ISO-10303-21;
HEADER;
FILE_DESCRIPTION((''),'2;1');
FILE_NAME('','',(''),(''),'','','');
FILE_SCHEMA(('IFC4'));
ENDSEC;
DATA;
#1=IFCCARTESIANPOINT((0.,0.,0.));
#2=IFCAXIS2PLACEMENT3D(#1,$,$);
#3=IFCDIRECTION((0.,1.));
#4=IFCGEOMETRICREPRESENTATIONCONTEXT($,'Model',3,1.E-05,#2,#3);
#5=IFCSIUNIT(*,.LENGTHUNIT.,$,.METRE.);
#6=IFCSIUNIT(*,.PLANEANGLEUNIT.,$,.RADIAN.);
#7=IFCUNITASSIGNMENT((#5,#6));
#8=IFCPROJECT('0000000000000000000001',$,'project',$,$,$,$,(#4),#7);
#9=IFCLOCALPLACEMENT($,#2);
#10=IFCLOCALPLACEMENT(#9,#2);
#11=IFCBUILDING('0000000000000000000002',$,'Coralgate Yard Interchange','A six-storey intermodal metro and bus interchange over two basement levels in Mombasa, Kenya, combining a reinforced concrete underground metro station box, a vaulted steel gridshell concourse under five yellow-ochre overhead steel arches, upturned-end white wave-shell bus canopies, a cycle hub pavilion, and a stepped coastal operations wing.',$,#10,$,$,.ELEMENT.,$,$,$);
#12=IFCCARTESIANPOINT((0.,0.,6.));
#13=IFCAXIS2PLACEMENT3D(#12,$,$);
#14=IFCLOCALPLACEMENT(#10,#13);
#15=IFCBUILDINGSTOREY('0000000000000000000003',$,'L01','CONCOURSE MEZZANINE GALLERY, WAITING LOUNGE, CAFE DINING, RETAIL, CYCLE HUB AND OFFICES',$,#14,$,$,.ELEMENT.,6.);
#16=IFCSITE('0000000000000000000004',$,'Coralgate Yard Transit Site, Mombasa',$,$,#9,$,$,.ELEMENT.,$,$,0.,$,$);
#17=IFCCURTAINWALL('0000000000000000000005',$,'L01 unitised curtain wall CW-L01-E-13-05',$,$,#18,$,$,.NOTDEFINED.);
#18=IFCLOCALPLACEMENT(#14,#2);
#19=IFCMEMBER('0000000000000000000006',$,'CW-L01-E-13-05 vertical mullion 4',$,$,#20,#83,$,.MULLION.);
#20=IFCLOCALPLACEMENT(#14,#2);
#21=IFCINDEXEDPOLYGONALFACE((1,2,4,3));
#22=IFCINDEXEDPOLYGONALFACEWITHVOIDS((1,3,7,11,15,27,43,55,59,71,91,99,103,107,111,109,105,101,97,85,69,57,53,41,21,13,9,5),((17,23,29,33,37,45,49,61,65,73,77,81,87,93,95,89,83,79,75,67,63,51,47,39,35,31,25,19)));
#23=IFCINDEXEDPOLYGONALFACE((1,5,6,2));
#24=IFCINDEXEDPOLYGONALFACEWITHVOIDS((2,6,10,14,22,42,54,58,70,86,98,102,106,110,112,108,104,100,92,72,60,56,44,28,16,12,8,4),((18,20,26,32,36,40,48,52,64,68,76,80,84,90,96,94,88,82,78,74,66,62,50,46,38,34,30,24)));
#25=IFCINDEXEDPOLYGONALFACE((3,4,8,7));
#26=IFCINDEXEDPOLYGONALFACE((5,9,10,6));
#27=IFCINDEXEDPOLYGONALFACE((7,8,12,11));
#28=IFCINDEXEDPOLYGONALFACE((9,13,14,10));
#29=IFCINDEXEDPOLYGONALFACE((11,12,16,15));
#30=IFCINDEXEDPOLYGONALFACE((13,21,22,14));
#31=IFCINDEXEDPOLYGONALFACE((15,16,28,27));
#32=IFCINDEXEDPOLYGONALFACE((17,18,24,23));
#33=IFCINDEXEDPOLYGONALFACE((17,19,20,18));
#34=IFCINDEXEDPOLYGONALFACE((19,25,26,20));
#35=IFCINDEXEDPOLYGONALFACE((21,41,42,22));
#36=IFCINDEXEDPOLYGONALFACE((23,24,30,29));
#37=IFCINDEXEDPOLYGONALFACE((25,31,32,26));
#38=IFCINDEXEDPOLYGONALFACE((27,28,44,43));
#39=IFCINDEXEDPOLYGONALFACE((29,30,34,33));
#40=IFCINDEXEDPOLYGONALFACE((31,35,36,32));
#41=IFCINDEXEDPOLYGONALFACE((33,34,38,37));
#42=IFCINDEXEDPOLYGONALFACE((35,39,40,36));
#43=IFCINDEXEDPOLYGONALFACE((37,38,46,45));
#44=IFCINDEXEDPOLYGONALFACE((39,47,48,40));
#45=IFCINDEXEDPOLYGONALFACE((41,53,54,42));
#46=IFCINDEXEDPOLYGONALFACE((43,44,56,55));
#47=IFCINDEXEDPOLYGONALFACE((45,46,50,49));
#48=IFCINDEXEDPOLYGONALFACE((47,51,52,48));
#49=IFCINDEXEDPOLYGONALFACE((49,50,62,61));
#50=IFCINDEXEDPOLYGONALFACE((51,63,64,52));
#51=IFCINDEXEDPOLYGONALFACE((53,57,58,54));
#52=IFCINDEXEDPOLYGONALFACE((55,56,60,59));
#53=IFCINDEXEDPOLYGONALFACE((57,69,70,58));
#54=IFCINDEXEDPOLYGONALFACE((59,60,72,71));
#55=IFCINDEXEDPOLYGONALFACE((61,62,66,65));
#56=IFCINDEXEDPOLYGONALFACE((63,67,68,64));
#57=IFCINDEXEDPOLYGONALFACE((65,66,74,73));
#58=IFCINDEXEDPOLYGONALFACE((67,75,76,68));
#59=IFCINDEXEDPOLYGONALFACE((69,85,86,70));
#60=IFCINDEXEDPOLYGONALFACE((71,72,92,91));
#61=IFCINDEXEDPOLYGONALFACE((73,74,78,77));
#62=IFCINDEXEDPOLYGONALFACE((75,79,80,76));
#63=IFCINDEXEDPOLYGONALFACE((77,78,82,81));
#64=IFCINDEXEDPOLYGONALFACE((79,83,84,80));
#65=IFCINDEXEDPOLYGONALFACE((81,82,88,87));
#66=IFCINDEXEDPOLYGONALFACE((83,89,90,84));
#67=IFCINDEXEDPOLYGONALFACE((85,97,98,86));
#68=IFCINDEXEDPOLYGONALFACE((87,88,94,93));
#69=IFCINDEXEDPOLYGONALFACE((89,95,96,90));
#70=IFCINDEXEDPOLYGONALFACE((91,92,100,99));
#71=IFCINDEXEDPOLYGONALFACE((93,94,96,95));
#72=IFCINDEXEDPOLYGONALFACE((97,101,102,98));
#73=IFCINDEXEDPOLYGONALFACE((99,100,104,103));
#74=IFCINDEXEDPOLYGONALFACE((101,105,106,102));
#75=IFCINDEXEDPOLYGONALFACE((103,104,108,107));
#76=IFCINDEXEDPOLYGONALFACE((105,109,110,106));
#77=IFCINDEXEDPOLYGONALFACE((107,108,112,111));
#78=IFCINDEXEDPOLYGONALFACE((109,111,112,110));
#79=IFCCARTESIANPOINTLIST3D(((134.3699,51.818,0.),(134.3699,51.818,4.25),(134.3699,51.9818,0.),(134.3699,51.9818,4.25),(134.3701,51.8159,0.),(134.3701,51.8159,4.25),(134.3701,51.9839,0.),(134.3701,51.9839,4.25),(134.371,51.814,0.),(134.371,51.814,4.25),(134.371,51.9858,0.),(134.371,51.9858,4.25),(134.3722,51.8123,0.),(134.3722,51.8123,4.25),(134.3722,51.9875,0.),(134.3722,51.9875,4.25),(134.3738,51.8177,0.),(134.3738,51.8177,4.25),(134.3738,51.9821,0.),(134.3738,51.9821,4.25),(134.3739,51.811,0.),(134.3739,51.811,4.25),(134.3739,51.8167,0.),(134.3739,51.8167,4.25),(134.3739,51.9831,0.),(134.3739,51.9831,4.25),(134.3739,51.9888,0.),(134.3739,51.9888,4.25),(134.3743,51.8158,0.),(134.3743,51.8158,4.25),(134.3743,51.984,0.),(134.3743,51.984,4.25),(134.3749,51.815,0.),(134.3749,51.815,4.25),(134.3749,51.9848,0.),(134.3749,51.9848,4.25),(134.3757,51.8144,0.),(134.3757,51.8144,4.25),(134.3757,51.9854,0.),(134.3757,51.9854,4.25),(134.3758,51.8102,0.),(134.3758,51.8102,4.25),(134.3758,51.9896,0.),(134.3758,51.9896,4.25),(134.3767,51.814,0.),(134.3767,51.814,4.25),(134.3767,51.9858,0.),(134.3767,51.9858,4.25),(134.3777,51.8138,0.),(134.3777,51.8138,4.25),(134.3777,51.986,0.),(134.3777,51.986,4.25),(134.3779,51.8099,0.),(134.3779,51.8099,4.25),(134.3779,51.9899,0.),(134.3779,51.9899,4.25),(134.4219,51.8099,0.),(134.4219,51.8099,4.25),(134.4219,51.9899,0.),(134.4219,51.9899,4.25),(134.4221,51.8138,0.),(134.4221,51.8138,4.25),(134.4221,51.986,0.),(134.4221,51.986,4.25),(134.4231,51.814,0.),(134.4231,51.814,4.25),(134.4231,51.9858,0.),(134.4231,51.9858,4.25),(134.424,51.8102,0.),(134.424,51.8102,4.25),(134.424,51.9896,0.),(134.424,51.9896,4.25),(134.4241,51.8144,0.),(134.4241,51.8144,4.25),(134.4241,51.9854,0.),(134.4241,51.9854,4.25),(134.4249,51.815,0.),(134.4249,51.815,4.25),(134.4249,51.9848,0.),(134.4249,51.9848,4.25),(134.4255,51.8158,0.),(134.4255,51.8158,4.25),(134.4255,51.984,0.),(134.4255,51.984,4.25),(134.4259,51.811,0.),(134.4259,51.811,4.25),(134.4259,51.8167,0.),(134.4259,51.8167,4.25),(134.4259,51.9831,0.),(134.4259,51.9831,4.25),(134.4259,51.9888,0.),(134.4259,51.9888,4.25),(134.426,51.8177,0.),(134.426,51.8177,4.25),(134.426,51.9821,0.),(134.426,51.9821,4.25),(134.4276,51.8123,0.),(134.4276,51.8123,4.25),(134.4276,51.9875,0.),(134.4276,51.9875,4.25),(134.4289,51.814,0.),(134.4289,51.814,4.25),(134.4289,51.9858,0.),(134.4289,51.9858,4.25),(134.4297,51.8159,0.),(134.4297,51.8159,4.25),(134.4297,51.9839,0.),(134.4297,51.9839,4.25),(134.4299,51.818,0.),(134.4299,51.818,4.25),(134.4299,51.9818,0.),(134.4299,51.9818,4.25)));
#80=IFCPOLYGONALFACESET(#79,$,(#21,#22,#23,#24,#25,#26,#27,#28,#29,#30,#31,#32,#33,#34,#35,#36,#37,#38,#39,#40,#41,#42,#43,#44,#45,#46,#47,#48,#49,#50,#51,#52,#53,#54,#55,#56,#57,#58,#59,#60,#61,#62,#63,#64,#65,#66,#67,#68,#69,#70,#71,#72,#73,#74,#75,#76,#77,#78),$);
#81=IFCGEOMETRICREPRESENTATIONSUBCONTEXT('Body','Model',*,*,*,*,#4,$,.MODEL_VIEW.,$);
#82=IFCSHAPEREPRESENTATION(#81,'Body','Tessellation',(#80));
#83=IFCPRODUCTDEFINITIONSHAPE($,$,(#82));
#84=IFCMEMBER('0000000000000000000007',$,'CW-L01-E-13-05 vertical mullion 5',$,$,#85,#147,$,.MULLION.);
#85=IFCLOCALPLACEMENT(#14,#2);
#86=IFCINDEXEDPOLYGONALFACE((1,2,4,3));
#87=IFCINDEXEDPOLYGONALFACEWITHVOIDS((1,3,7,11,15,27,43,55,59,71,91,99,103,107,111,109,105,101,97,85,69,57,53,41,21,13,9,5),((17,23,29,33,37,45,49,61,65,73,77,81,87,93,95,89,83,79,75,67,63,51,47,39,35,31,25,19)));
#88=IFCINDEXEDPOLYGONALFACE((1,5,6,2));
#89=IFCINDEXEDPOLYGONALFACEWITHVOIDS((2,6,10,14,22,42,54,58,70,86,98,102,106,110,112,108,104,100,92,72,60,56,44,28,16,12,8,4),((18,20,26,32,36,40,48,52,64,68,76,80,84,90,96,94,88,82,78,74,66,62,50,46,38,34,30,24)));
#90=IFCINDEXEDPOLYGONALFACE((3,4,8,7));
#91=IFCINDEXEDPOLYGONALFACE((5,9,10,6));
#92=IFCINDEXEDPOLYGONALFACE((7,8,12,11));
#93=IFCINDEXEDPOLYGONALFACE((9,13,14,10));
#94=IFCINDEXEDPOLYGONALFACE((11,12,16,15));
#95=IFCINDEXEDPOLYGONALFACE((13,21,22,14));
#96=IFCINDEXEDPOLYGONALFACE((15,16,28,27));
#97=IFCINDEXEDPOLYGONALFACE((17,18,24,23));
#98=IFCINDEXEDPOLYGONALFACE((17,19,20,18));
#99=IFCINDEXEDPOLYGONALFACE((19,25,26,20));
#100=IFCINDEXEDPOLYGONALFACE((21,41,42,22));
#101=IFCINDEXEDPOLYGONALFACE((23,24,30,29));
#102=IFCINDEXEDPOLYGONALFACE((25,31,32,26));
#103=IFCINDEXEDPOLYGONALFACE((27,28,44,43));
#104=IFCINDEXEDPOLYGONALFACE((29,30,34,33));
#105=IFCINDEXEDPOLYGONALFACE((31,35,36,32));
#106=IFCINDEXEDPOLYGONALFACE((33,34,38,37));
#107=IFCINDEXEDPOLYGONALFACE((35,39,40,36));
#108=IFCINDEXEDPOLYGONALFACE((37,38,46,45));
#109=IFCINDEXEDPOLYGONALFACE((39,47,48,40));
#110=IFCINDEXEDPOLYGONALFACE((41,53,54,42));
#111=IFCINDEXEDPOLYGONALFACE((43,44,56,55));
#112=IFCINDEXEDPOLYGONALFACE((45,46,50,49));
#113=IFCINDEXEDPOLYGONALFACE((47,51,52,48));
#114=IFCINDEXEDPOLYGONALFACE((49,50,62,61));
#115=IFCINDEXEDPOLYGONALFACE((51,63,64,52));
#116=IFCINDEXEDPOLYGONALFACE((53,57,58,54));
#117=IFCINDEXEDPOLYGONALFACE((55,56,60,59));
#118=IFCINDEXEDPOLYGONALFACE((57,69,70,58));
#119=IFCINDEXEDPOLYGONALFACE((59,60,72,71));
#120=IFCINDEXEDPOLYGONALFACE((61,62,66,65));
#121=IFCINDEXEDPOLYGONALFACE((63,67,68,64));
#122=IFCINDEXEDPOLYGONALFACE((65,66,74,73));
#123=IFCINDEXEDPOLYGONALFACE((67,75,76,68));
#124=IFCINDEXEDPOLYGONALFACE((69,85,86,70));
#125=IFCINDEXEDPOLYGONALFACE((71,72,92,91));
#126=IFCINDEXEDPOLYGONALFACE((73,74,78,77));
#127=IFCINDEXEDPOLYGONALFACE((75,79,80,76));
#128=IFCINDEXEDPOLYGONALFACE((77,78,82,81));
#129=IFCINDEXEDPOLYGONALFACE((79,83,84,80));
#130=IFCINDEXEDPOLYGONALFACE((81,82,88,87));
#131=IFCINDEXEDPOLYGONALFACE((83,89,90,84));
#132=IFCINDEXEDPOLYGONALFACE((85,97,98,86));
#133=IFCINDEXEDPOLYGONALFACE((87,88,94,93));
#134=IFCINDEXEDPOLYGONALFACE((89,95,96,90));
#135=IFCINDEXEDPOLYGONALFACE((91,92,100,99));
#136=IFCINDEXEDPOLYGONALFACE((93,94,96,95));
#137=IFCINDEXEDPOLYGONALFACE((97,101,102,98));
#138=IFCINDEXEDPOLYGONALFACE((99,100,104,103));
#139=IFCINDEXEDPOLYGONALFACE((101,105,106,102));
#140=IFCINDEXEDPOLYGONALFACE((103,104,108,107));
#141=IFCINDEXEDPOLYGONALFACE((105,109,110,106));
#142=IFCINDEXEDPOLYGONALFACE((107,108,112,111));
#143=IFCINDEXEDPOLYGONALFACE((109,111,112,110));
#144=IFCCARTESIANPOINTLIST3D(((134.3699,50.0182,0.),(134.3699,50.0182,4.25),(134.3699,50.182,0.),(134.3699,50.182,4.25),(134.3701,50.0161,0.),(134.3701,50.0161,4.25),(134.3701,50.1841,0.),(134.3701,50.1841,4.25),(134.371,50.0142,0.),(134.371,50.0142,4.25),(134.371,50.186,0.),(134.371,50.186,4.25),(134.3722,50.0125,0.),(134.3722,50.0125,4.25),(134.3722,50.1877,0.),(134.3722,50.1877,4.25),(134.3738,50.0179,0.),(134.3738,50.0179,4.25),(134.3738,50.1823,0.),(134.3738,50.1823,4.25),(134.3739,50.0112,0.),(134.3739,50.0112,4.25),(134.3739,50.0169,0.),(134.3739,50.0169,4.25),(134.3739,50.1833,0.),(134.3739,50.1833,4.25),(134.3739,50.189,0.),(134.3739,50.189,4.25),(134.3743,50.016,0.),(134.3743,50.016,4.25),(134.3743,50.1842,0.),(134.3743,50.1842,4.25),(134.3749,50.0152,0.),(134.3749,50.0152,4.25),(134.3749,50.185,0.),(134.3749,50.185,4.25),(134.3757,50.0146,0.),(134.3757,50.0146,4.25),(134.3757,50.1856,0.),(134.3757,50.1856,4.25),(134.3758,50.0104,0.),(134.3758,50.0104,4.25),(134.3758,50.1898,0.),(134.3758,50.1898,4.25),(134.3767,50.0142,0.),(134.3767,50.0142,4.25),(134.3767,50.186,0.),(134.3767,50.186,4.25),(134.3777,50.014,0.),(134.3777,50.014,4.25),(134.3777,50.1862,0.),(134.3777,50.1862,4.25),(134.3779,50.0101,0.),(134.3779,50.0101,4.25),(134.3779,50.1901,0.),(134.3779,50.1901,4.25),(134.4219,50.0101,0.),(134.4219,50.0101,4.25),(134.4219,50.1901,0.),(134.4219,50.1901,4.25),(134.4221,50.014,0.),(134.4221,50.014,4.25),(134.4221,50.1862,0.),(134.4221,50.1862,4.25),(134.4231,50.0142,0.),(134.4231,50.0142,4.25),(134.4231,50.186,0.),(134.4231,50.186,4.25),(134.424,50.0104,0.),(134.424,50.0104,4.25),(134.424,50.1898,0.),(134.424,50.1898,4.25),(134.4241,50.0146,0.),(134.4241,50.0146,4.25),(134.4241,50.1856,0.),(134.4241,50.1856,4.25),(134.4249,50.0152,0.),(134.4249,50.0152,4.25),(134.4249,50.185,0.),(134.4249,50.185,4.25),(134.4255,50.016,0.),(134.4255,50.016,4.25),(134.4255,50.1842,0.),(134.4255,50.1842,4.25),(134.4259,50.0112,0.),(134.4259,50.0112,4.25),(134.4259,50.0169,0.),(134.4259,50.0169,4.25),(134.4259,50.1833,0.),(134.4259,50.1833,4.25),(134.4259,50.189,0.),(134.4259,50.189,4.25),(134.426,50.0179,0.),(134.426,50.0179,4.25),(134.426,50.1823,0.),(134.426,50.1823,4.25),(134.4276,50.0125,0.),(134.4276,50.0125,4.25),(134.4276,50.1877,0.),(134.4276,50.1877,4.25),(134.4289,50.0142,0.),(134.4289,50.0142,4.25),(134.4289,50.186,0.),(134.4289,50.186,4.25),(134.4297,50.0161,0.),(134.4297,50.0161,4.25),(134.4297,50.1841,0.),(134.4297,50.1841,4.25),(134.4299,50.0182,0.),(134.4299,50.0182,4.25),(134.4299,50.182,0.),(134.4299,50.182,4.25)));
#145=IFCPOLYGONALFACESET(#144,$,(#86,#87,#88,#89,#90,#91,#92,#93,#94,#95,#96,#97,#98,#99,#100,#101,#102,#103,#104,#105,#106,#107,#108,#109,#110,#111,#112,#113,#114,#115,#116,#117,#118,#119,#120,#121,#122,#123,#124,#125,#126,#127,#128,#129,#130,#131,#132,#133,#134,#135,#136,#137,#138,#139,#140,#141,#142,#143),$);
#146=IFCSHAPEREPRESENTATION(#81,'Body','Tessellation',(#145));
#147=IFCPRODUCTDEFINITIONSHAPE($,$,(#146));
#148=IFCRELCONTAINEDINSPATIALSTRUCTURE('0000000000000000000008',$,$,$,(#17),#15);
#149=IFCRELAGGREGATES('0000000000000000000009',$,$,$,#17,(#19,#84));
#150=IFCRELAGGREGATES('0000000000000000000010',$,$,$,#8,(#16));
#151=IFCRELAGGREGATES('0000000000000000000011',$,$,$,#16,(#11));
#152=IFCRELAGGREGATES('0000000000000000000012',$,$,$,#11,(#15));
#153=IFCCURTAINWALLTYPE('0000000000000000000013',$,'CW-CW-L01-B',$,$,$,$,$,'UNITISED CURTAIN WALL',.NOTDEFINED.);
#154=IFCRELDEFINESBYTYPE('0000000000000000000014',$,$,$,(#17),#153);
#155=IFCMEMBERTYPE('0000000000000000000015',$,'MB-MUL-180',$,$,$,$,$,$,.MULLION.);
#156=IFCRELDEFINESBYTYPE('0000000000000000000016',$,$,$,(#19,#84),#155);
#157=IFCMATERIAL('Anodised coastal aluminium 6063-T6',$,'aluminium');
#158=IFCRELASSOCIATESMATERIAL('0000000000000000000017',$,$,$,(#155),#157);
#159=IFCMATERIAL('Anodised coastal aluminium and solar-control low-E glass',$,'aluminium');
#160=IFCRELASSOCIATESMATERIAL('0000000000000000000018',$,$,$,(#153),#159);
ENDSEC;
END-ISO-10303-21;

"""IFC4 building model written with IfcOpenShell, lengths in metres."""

from ifc_helpers import new_model, si_unit, direction, frame, origin, origin_2d, place, context, subcontext, project, spatial, hollow_rectangle, extrude, material, material_profile, profile_set, type_object, element, aggregate, save


model = new_model("IFC4")

# Units and contexts
model_context = context("Model", 3, precision=1e-05, world=origin(), true_north=direction((0.0, 1.0)))
body_context = subcontext(model_context, "Body", "Model", "MODEL_VIEW")
ifc_project = project(units=[si_unit("LENGTHUNIT", "METRE"), si_unit("PLANEANGLEUNIT", "RADIAN")], contexts=[model_context])

# Site, building, storey
site_placement = place(None, origin())
site = spatial("IfcSite", under=ifc_project, at=site_placement, Name="Coralgate Yard Transit Site, Mombasa", CompositionType="ELEMENT", RefElevation=0.0)
building_placement = place(site_placement, origin())
building = spatial("IfcBuilding", under=site, at=building_placement, Name="Coralgate Yard Interchange", Description="A six-storey intermodal metro and bus interchange over two basement levels in Mombasa, Kenya, combining a reinforced concrete underground metro station box, a vaulted steel gridshell concourse under five yellow-ochre overhead steel arches, upturned-end white wave-shell bus canopies, a cycle hub pavilion, and a stepped coastal operations wing.", CompositionType="ELEMENT")
storey_placement = place(building_placement, frame((0.0, 0.0, 6.0)))
storey = spatial("IfcBuildingStorey", under=building, at=storey_placement, Name="L01", Description="CONCOURSE MEZZANINE GALLERY, WAITING LOUNGE, CAFE DINING, RETAIL, CYCLE HUB AND OFFICES", CompositionType="ELEMENT", Elevation=6.0)

# Shared definitions
ifc_material_1 = material(Name="Anodised coastal aluminium and solar-control low-E glass", Category="aluminium")
ifc_material_2 = material(Name="Anodised coastal aluminium 6063-T6", Category="aluminium")
ifc_material_profile_1 = material_profile(ifc_material_2, hollow_rectangle(XDim=0.0601, YDim=0.1799, WallThickness=0.0039, InnerFilletRadius=0.0039, OuterFilletRadius=0.0081, at=origin_2d()), Name="ALU 60x180x4")
ifc_profile_set_1 = profile_set([ifc_material_profile_1], Name="Anodised coastal aluminium 6063-T6")
member_type_1 = type_object("IfcMemberType", Name="MB-MUL-180", PredefinedType="MULLION", material=ifc_profile_set_1)

# Curtain wall, members
curtain_wall_type_1 = type_object("IfcCurtainWallType", Name="CW-CW-L01-B", ElementType="UNITISED CURTAIN WALL", PredefinedType="NOTDEFINED", material=ifc_material_1)
curtain_wall_1_placement = place(storey_placement, origin())
curtain_wall_1 = element("IfcCurtainWall", 1, at=curtain_wall_1_placement, inside=storey, type_object=curtain_wall_type_1, Name="L01 unitised curtain wall CW-L01-E-13-05", PredefinedType="NOTDEFINED")
member_1_placement = place(storey_placement, frame((134.3999, 51.8999, 0.0), z_axis=(0.0, 0.0, 1.0), x_axis=(1.0, 0.0, 0.0)))
member_1 = element("IfcMember", 2, at=member_1_placement, type_object=member_type_1, Name="CW-L01-E-13-05 vertical mullion 4", PredefinedType="MULLION", context=body_context, shape_type="SweptSolid", body=[
    extrude(hollow_rectangle(XDim=0.0601, YDim=0.1799, WallThickness=0.0039, InnerFilletRadius=0.0039, OuterFilletRadius=0.0081, at=origin_2d()), origin(), (0.0, 0.0, 1.0), 4.25),
])
member_2_placement = place(storey_placement, frame((134.3999, 50.1001, 0.0), z_axis=(0.0, 0.0, 1.0), x_axis=(1.0, 0.0, 0.0)))
member_2 = element("IfcMember", 3, at=member_2_placement, type_object=member_type_1, Name="CW-L01-E-13-05 vertical mullion 5", PredefinedType="MULLION", context=body_context, shape_type="SweptSolid", body=[
    extrude(hollow_rectangle(XDim=0.0601, YDim=0.1799, WallThickness=0.0039, InnerFilletRadius=0.0039, OuterFilletRadius=0.0081, at=origin_2d()), origin(), (0.0, 0.0, 1.0), 4.25),
])

aggregate(curtain_wall_1, [member_1, member_2])

save(model, "model.ifc")
